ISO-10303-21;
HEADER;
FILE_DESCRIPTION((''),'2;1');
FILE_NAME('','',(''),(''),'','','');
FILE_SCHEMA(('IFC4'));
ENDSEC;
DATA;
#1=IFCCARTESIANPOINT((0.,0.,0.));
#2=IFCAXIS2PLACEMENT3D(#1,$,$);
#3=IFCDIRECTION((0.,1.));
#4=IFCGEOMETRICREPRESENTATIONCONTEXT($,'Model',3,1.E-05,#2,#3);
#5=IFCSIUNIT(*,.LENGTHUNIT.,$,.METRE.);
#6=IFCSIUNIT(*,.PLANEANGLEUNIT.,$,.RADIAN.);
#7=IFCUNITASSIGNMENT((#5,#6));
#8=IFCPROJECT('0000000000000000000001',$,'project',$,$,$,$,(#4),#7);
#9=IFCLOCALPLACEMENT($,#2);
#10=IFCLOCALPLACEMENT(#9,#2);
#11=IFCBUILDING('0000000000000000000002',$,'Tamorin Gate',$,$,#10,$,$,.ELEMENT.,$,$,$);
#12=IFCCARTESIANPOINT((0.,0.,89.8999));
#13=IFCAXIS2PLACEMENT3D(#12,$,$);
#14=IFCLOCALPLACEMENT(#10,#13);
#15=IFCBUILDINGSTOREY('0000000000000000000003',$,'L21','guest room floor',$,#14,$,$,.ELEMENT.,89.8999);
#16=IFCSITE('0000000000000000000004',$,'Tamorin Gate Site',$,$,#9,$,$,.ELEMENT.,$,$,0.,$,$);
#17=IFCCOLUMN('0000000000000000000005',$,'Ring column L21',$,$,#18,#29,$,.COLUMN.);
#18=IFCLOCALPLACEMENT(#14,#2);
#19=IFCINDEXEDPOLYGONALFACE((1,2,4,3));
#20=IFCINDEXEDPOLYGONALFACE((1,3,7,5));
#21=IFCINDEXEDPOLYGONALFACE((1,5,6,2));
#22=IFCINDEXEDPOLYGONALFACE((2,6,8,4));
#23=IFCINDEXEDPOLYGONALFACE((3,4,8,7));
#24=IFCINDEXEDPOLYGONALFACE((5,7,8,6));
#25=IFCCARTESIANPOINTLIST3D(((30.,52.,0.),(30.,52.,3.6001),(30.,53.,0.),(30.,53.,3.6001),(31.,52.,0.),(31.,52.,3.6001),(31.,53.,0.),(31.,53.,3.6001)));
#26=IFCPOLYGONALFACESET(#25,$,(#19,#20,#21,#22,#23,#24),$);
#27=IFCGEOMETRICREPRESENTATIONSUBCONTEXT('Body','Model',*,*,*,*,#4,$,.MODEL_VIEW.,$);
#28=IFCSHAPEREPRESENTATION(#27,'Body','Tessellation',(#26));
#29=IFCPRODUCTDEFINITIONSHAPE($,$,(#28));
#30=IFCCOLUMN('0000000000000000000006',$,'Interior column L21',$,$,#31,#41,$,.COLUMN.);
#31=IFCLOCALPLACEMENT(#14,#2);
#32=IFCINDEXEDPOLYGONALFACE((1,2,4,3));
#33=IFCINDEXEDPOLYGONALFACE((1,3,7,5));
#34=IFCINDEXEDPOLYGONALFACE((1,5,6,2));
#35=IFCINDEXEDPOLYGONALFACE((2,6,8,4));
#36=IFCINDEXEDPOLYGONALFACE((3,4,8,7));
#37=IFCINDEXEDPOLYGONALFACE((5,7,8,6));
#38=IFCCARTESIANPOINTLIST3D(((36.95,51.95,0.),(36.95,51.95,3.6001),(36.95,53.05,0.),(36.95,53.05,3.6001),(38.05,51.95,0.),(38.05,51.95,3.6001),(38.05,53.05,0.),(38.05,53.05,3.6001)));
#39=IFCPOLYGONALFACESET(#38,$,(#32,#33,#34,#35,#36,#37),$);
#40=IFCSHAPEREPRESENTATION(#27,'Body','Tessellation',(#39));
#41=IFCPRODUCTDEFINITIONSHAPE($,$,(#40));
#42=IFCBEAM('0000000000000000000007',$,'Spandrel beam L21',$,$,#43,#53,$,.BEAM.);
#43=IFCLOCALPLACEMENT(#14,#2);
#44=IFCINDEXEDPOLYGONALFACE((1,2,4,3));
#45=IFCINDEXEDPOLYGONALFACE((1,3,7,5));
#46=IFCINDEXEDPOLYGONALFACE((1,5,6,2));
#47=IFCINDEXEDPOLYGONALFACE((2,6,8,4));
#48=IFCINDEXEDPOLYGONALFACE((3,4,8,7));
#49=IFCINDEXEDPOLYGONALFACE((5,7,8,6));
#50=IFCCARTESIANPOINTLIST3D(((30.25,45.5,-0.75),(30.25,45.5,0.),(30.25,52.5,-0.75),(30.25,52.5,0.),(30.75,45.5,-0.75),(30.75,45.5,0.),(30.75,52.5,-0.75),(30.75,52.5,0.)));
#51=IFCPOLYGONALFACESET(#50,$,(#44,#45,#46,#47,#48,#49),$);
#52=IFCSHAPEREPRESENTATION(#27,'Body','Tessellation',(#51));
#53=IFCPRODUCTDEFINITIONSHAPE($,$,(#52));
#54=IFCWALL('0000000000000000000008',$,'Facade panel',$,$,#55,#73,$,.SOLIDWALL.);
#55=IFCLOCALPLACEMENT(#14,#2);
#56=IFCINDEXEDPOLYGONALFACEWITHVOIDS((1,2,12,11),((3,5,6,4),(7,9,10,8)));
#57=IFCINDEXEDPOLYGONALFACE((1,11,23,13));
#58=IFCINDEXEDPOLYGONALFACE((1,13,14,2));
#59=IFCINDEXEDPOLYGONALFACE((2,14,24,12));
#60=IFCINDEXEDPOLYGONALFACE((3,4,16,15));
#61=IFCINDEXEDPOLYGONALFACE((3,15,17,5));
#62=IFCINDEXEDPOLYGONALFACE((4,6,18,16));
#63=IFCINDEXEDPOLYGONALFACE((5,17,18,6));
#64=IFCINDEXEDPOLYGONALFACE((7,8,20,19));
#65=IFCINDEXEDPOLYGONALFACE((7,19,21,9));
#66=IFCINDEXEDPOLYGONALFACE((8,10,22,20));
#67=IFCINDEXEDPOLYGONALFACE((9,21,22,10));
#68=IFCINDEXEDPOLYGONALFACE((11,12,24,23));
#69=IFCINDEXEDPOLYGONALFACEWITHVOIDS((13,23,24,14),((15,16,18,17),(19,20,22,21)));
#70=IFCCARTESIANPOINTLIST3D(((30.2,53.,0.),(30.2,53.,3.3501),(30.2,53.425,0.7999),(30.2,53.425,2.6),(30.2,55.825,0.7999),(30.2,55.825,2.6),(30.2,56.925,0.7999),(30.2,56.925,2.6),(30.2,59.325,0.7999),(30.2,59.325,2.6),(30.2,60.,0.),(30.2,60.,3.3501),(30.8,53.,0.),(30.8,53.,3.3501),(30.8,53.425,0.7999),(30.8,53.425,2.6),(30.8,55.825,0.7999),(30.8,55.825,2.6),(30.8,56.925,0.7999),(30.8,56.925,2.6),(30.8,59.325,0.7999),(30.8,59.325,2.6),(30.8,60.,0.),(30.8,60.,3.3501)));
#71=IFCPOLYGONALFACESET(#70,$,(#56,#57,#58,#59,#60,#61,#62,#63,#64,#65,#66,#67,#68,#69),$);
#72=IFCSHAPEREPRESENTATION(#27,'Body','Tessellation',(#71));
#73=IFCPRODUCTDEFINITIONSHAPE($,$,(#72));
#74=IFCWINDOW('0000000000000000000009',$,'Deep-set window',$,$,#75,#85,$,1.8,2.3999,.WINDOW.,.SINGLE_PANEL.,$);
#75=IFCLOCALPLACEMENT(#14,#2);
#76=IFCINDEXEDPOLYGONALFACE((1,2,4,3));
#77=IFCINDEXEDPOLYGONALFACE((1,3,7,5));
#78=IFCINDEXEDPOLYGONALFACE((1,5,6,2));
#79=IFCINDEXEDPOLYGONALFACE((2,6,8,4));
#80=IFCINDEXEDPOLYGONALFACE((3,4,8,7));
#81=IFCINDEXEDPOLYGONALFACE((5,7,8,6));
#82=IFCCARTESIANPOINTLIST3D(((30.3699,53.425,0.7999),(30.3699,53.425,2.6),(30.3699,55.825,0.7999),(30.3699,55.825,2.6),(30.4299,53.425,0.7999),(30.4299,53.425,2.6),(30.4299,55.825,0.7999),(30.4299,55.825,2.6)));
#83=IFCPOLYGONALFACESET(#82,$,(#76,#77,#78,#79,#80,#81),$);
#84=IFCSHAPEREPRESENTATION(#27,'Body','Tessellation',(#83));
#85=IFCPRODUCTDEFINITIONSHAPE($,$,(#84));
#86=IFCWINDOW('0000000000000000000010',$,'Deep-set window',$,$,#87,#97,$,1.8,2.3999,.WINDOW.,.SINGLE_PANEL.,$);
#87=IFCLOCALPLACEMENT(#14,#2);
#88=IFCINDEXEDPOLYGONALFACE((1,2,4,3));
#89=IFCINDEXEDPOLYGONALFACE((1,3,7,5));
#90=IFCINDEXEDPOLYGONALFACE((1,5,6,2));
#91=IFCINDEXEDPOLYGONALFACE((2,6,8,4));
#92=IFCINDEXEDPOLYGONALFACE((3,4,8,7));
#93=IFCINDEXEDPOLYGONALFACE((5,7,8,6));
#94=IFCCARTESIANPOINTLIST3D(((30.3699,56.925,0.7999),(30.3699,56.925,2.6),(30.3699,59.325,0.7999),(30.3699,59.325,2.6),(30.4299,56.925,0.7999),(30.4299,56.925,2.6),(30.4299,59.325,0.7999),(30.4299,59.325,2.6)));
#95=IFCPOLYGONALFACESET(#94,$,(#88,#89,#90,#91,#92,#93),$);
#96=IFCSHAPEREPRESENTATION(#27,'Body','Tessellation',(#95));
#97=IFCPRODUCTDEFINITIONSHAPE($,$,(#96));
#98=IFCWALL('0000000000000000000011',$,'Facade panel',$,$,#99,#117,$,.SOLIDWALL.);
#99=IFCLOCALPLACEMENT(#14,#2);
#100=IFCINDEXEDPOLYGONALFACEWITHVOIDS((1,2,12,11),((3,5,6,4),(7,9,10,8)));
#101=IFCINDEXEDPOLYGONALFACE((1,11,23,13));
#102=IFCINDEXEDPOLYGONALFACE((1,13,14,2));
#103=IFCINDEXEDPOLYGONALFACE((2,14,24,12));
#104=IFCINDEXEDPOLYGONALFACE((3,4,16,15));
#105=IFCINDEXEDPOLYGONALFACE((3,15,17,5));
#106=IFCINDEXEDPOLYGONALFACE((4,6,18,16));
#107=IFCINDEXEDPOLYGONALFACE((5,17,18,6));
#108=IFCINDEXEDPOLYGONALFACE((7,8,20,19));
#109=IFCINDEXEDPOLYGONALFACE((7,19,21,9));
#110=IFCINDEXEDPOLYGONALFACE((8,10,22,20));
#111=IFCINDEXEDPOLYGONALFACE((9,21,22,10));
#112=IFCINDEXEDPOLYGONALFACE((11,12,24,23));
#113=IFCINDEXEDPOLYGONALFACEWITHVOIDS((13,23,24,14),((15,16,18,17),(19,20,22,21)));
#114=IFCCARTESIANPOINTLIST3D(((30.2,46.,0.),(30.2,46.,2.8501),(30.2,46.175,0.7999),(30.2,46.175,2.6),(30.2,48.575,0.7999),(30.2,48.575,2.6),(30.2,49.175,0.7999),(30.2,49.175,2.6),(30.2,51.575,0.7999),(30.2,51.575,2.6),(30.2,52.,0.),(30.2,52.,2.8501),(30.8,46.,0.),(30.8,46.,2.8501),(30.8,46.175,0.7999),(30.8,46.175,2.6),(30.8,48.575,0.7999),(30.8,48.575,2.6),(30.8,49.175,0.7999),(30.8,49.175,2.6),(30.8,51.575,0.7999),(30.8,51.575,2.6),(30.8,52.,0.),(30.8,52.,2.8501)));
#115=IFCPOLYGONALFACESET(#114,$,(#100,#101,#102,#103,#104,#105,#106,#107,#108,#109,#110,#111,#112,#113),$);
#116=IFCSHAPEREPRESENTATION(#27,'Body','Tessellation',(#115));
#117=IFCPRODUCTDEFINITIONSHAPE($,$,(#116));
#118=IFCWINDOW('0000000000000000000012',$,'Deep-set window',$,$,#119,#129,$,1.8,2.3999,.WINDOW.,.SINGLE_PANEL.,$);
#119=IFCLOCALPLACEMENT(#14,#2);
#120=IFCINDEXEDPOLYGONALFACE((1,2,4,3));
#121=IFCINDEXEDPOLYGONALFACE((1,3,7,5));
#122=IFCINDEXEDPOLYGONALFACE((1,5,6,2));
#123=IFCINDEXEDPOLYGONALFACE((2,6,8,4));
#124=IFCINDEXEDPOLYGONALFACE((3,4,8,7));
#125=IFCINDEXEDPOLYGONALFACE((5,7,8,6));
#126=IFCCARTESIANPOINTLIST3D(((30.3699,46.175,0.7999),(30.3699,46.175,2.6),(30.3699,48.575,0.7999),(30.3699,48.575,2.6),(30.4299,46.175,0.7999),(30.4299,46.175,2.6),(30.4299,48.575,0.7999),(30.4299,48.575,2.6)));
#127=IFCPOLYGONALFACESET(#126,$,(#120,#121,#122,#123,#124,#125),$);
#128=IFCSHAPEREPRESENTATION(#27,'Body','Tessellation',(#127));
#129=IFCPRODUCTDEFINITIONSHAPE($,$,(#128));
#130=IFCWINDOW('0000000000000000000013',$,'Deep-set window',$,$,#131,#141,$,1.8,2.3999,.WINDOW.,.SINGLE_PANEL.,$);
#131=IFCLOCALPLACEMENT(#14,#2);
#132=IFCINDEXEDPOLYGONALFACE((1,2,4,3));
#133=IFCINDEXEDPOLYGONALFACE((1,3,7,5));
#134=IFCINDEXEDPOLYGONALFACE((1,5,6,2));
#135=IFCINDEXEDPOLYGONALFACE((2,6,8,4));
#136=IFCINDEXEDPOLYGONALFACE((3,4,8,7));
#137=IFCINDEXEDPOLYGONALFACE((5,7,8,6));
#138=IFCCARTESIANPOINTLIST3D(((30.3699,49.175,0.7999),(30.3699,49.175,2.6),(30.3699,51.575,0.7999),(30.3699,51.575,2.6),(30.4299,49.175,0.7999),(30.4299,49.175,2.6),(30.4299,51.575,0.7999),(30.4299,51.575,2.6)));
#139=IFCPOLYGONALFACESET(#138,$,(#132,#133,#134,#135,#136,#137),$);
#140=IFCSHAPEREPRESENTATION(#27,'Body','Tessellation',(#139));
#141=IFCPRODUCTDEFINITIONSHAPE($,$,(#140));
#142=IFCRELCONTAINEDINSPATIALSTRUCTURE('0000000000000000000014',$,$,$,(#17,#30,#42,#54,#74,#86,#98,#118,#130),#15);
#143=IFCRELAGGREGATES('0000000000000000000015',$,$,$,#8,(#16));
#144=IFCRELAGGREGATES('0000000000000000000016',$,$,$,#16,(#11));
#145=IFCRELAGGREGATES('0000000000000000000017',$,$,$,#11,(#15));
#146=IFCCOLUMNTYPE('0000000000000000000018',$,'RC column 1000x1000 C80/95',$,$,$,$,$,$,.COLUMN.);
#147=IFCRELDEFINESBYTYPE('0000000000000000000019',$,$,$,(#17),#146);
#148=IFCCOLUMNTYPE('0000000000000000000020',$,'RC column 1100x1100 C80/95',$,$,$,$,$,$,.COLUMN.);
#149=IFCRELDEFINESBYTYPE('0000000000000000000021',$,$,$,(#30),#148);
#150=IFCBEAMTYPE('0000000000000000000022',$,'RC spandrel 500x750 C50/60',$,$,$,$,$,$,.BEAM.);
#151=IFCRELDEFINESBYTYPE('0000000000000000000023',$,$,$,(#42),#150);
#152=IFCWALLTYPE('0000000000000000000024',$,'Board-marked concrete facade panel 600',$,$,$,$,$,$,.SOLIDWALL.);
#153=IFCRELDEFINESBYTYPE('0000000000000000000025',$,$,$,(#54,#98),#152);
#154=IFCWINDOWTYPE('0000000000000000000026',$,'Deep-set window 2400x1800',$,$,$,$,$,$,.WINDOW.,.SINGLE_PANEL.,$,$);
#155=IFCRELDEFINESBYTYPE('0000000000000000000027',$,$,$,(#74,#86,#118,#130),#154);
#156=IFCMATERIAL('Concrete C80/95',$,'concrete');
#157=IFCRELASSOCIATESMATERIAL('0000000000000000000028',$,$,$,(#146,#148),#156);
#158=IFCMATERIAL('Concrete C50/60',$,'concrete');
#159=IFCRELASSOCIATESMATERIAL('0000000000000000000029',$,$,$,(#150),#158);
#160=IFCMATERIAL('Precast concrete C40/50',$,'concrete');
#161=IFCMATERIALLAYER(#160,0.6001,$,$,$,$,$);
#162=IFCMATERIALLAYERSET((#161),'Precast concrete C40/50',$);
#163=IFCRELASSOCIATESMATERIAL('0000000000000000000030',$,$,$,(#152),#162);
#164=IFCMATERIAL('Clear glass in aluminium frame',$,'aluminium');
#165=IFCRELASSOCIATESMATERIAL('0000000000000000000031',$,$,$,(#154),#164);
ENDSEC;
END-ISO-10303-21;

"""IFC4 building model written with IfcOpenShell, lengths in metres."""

from ifc_helpers import new_model, si_unit, direction, frame, frame_2d, origin, origin_2d, place, context, subcontext, project, spatial, rectangle, extrude, material, layer, layer_set, material_profile, profile_set, type_object, element, fill, save


model = new_model("IFC4")

# Units and contexts
model_context = context("Model", 3, precision=1e-05, world=origin(), true_north=direction((0.0, 1.0)))
body_context = subcontext(model_context, "Body", "Model", "MODEL_VIEW")
ifc_project = project(units=[si_unit("LENGTHUNIT", "METRE"), si_unit("PLANEANGLEUNIT", "RADIAN")], contexts=[model_context])

# Site, building, storey
site_placement = place(None, origin())
site = spatial("IfcSite", under=ifc_project, at=site_placement, Name="Tamorin Gate Site", CompositionType="ELEMENT", RefElevation=0.0)
building_placement = place(site_placement, origin())
building = spatial("IfcBuilding", under=site, at=building_placement, Name="Tamorin Gate", CompositionType="ELEMENT")
storey_placement = place(building_placement, frame((0.0, 0.0, 89.8999)))
storey = spatial("IfcBuildingStorey", under=building, at=storey_placement, Name="L21", Description="guest room floor", CompositionType="ELEMENT", Elevation=89.8999)

# Columns
ifc_material_1 = material(Name="Concrete C80/95", Category="concrete")
ifc_material_profile_1 = material_profile(ifc_material_1, rectangle(XDim=1.0, YDim=1.0, at=origin_2d()), Name="RC 1000x1000")
ifc_profile_set_1 = profile_set([ifc_material_profile_1], Name="Concrete C80/95")
column_type_1 = type_object("IfcColumnType", Name="RC column 1000x1000 C80/95", PredefinedType="COLUMN", material=ifc_profile_set_1)
column_1_placement = place(storey_placement, frame((30.5, 52.5, 0.0), z_axis=(0.0, 0.0, 1.0), x_axis=(1.0, 0.0, 0.0)))
element("IfcColumn", 1, at=column_1_placement, inside=storey, type_object=column_type_1, Name="Ring column L21", PredefinedType="COLUMN", context=body_context, shape_type="SweptSolid", body=[
    extrude(rectangle(XDim=1.0, YDim=1.0, at=origin_2d()), origin(), (0.0, 0.0, 1.0), 3.6001),
])
ifc_material_profile_2 = material_profile(ifc_material_1, rectangle(XDim=1.1001, YDim=1.1001, at=origin_2d()), Name="RC 1100x1100")
ifc_profile_set_2 = profile_set([ifc_material_profile_2], Name="Concrete C80/95")
column_type_2 = type_object("IfcColumnType", Name="RC column 1100x1100 C80/95", PredefinedType="COLUMN", material=ifc_profile_set_2)
column_2_placement = place(storey_placement, frame((37.5, 52.5, 0.0), z_axis=(0.0, 0.0, 1.0), x_axis=(1.0, 0.0, 0.0)))
element("IfcColumn", 2, at=column_2_placement, inside=storey, type_object=column_type_2, Name="Interior column L21", PredefinedType="COLUMN", context=body_context, shape_type="SweptSolid", body=[
    extrude(rectangle(XDim=1.1001, YDim=1.1001, at=origin_2d()), origin(), (0.0, 0.0, 1.0), 3.6001),
])

# Beam
ifc_material_2 = material(Name="Concrete C50/60", Category="concrete")
ifc_material_profile_3 = material_profile(ifc_material_2, rectangle(XDim=0.5, YDim=0.75, at=origin_2d()), Name="RC 500x750")
ifc_profile_set_3 = profile_set([ifc_material_profile_3], Name="Concrete C50/60")
beam_type = type_object("IfcBeamType", Name="RC spandrel 500x750 C50/60", PredefinedType="BEAM", material=ifc_profile_set_3)
beam_placement = place(storey_placement, frame((30.5, 52.5, -0.375), z_axis=(0.0, -1.0, 0.0), x_axis=(1.0, 0.0, 0.0)))
element("IfcBeam", 3, at=beam_placement, inside=storey, type_object=beam_type, Name="Spandrel beam L21", PredefinedType="BEAM", context=body_context, shape_type="SweptSolid", body=[
    extrude(rectangle(XDim=0.5, YDim=0.75, at=origin_2d()), origin(), (0.0, 0.0, 1.0), 7.0),
])

# Walls, openings, windows
ifc_material_3 = material(Name="Precast concrete C40/50", Category="concrete")
ifc_layer_1 = layer(ifc_material_3, 0.6001)
ifc_layer_set_1 = layer_set([ifc_layer_1], Name="Precast concrete C40/50")
wall_type_1 = type_object("IfcWallType", Name="Board-marked concrete facade panel 600", PredefinedType="SOLIDWALL", material=ifc_layer_set_1)
wall_1_placement = place(storey_placement, frame((30.5, 60.0, 0.0), z_axis=(0.0, 0.0, 1.0), x_axis=(0.0, -1.0, 0.0)))
wall_1 = element("IfcWall", 4, at=wall_1_placement, inside=storey, type_object=wall_type_1, Name="Facade panel", PredefinedType="SOLIDWALL", context=body_context, shape_type="SweptSolid", body=[
    extrude(rectangle(XDim=7.0, YDim=0.6001, at=frame_2d((3.5, 0.0))), origin(), (0.0, 0.0, 1.0), 3.3501),
])
opening_1_placement = place(wall_1_placement, frame((4.175, 0.0, 0.8)))
opening_1 = element("IfcOpeningElement", 5, at=opening_1_placement, cuts=wall_1, PredefinedType="OPENING", context=body_context, shape_type="SweptSolid", body=[
    extrude(rectangle(XDim=2.3999, YDim=1.8, at=frame_2d((1.2, 0.8999))), frame((0.0, 0.3101, 0.0), z_axis=(0.0, -1.0, 0.0), x_axis=(1.0, 0.0, 0.0)), (0.0, 0.0, 1.0), 0.6201),
])
opening_2_placement = place(wall_1_placement, frame((0.675, 0.0, 0.8)))
opening_2 = element("IfcOpeningElement", 6, at=opening_2_placement, cuts=wall_1, PredefinedType="OPENING", context=body_context, shape_type="SweptSolid", body=[
    extrude(rectangle(XDim=2.3999, YDim=1.8, at=frame_2d((1.2, 0.8999))), frame((0.0, 0.3101, 0.0), z_axis=(0.0, -1.0, 0.0), x_axis=(1.0, 0.0, 0.0)), (0.0, 0.0, 1.0), 0.6201),
])
ifc_material_4 = material(Name="Clear glass in aluminium frame", Category="aluminium")
window_type = type_object("IfcWindowType", Name="Deep-set window 2400x1800", PartitioningType="SINGLE_PANEL", PredefinedType="WINDOW", material=ifc_material_4)
window_1_placement = place(opening_1_placement, origin())
window_1 = element("IfcWindow", 7, at=window_1_placement, inside=storey, type_object=window_type, Name="Deep-set window", OverallHeight=1.8, OverallWidth=2.3999, PartitioningType="SINGLE_PANEL", PredefinedType="WINDOW", context=body_context, shape_type="SweptSolid", body=[
    extrude(rectangle(XDim=2.3999, YDim=1.8, at=frame_2d((1.2, 0.8999))), frame((0.0, -0.0701, 0.0), z_axis=(0.0, -1.0, 0.0), x_axis=(1.0, 0.0, 0.0)), (0.0, 0.0, 1.0), 0.0601),
])
fill(opening_1, window_1)
window_2_placement = place(opening_2_placement, origin())
window_2 = element("IfcWindow", 8, at=window_2_placement, inside=storey, type_object=window_type, Name="Deep-set window", OverallHeight=1.8, OverallWidth=2.3999, PartitioningType="SINGLE_PANEL", PredefinedType="WINDOW", context=body_context, shape_type="SweptSolid", body=[
    extrude(rectangle(XDim=2.3999, YDim=1.8, at=frame_2d((1.2, 0.8999))), frame((0.0, -0.0701, 0.0), z_axis=(0.0, -1.0, 0.0), x_axis=(1.0, 0.0, 0.0)), (0.0, 0.0, 1.0), 0.0601),
])
fill(opening_2, window_2)
wall_2_placement = place(storey_placement, frame((30.5, 52.0, 0.0), z_axis=(0.0, 0.0, 1.0), x_axis=(0.0, -1.0, 0.0)))
wall_2 = element("IfcWall", 9, at=wall_2_placement, inside=storey, type_object=wall_type_1, Name="Facade panel", PredefinedType="SOLIDWALL", context=body_context, shape_type="SweptSolid", body=[
    extrude(rectangle(XDim=6.0, YDim=0.6001, at=frame_2d((3.0, 0.0))), origin(), (0.0, 0.0, 1.0), 2.8501),
])
opening_3_placement = place(wall_2_placement, frame((3.425, 0.0, 0.8)))
opening_3 = element("IfcOpeningElement", 10, at=opening_3_placement, cuts=wall_2, PredefinedType="OPENING", context=body_context, shape_type="SweptSolid", body=[
    extrude(rectangle(XDim=2.3999, YDim=1.8, at=frame_2d((1.2, 0.8999))), frame((0.0, 0.3101, 0.0), z_axis=(0.0, -1.0, 0.0), x_axis=(1.0, 0.0, 0.0)), (0.0, 0.0, 1.0), 0.6201),
])
opening_4_placement = place(wall_2_placement, frame((0.425, 0.0, 0.8)))
opening_4 = element("IfcOpeningElement", 11, at=opening_4_placement, cuts=wall_2, PredefinedType="OPENING", context=body_context, shape_type="SweptSolid", body=[
    extrude(rectangle(XDim=2.3999, YDim=1.8, at=frame_2d((1.2, 0.8999))), frame((0.0, 0.3101, 0.0), z_axis=(0.0, -1.0, 0.0), x_axis=(1.0, 0.0, 0.0)), (0.0, 0.0, 1.0), 0.6201),
])
window_3_placement = place(opening_3_placement, origin())
window_3 = element("IfcWindow", 12, at=window_3_placement, inside=storey, type_object=window_type, Name="Deep-set window", OverallHeight=1.8, OverallWidth=2.3999, PartitioningType="SINGLE_PANEL", PredefinedType="WINDOW", context=body_context, shape_type="SweptSolid", body=[
    extrude(rectangle(XDim=2.3999, YDim=1.8, at=frame_2d((1.2, 0.8999))), frame((0.0, -0.0701, 0.0), z_axis=(0.0, -1.0, 0.0), x_axis=(1.0, 0.0, 0.0)), (0.0, 0.0, 1.0), 0.0601),
])
fill(opening_3, window_3)
window_4_placement = place(opening_4_placement, origin())
window_4 = element("IfcWindow", 13, at=window_4_placement, inside=storey, type_object=window_type, Name="Deep-set window", OverallHeight=1.8, OverallWidth=2.3999, PartitioningType="SINGLE_PANEL", PredefinedType="WINDOW", context=body_context, shape_type="SweptSolid", body=[
    extrude(rectangle(XDim=2.3999, YDim=1.8, at=frame_2d((1.2, 0.8999))), frame((0.0, -0.0701, 0.0), z_axis=(0.0, -1.0, 0.0), x_axis=(1.0, 0.0, 0.0)), (0.0, 0.0, 1.0), 0.0601),
])
fill(opening_4, window_4)

save(model, "model.ifc")
